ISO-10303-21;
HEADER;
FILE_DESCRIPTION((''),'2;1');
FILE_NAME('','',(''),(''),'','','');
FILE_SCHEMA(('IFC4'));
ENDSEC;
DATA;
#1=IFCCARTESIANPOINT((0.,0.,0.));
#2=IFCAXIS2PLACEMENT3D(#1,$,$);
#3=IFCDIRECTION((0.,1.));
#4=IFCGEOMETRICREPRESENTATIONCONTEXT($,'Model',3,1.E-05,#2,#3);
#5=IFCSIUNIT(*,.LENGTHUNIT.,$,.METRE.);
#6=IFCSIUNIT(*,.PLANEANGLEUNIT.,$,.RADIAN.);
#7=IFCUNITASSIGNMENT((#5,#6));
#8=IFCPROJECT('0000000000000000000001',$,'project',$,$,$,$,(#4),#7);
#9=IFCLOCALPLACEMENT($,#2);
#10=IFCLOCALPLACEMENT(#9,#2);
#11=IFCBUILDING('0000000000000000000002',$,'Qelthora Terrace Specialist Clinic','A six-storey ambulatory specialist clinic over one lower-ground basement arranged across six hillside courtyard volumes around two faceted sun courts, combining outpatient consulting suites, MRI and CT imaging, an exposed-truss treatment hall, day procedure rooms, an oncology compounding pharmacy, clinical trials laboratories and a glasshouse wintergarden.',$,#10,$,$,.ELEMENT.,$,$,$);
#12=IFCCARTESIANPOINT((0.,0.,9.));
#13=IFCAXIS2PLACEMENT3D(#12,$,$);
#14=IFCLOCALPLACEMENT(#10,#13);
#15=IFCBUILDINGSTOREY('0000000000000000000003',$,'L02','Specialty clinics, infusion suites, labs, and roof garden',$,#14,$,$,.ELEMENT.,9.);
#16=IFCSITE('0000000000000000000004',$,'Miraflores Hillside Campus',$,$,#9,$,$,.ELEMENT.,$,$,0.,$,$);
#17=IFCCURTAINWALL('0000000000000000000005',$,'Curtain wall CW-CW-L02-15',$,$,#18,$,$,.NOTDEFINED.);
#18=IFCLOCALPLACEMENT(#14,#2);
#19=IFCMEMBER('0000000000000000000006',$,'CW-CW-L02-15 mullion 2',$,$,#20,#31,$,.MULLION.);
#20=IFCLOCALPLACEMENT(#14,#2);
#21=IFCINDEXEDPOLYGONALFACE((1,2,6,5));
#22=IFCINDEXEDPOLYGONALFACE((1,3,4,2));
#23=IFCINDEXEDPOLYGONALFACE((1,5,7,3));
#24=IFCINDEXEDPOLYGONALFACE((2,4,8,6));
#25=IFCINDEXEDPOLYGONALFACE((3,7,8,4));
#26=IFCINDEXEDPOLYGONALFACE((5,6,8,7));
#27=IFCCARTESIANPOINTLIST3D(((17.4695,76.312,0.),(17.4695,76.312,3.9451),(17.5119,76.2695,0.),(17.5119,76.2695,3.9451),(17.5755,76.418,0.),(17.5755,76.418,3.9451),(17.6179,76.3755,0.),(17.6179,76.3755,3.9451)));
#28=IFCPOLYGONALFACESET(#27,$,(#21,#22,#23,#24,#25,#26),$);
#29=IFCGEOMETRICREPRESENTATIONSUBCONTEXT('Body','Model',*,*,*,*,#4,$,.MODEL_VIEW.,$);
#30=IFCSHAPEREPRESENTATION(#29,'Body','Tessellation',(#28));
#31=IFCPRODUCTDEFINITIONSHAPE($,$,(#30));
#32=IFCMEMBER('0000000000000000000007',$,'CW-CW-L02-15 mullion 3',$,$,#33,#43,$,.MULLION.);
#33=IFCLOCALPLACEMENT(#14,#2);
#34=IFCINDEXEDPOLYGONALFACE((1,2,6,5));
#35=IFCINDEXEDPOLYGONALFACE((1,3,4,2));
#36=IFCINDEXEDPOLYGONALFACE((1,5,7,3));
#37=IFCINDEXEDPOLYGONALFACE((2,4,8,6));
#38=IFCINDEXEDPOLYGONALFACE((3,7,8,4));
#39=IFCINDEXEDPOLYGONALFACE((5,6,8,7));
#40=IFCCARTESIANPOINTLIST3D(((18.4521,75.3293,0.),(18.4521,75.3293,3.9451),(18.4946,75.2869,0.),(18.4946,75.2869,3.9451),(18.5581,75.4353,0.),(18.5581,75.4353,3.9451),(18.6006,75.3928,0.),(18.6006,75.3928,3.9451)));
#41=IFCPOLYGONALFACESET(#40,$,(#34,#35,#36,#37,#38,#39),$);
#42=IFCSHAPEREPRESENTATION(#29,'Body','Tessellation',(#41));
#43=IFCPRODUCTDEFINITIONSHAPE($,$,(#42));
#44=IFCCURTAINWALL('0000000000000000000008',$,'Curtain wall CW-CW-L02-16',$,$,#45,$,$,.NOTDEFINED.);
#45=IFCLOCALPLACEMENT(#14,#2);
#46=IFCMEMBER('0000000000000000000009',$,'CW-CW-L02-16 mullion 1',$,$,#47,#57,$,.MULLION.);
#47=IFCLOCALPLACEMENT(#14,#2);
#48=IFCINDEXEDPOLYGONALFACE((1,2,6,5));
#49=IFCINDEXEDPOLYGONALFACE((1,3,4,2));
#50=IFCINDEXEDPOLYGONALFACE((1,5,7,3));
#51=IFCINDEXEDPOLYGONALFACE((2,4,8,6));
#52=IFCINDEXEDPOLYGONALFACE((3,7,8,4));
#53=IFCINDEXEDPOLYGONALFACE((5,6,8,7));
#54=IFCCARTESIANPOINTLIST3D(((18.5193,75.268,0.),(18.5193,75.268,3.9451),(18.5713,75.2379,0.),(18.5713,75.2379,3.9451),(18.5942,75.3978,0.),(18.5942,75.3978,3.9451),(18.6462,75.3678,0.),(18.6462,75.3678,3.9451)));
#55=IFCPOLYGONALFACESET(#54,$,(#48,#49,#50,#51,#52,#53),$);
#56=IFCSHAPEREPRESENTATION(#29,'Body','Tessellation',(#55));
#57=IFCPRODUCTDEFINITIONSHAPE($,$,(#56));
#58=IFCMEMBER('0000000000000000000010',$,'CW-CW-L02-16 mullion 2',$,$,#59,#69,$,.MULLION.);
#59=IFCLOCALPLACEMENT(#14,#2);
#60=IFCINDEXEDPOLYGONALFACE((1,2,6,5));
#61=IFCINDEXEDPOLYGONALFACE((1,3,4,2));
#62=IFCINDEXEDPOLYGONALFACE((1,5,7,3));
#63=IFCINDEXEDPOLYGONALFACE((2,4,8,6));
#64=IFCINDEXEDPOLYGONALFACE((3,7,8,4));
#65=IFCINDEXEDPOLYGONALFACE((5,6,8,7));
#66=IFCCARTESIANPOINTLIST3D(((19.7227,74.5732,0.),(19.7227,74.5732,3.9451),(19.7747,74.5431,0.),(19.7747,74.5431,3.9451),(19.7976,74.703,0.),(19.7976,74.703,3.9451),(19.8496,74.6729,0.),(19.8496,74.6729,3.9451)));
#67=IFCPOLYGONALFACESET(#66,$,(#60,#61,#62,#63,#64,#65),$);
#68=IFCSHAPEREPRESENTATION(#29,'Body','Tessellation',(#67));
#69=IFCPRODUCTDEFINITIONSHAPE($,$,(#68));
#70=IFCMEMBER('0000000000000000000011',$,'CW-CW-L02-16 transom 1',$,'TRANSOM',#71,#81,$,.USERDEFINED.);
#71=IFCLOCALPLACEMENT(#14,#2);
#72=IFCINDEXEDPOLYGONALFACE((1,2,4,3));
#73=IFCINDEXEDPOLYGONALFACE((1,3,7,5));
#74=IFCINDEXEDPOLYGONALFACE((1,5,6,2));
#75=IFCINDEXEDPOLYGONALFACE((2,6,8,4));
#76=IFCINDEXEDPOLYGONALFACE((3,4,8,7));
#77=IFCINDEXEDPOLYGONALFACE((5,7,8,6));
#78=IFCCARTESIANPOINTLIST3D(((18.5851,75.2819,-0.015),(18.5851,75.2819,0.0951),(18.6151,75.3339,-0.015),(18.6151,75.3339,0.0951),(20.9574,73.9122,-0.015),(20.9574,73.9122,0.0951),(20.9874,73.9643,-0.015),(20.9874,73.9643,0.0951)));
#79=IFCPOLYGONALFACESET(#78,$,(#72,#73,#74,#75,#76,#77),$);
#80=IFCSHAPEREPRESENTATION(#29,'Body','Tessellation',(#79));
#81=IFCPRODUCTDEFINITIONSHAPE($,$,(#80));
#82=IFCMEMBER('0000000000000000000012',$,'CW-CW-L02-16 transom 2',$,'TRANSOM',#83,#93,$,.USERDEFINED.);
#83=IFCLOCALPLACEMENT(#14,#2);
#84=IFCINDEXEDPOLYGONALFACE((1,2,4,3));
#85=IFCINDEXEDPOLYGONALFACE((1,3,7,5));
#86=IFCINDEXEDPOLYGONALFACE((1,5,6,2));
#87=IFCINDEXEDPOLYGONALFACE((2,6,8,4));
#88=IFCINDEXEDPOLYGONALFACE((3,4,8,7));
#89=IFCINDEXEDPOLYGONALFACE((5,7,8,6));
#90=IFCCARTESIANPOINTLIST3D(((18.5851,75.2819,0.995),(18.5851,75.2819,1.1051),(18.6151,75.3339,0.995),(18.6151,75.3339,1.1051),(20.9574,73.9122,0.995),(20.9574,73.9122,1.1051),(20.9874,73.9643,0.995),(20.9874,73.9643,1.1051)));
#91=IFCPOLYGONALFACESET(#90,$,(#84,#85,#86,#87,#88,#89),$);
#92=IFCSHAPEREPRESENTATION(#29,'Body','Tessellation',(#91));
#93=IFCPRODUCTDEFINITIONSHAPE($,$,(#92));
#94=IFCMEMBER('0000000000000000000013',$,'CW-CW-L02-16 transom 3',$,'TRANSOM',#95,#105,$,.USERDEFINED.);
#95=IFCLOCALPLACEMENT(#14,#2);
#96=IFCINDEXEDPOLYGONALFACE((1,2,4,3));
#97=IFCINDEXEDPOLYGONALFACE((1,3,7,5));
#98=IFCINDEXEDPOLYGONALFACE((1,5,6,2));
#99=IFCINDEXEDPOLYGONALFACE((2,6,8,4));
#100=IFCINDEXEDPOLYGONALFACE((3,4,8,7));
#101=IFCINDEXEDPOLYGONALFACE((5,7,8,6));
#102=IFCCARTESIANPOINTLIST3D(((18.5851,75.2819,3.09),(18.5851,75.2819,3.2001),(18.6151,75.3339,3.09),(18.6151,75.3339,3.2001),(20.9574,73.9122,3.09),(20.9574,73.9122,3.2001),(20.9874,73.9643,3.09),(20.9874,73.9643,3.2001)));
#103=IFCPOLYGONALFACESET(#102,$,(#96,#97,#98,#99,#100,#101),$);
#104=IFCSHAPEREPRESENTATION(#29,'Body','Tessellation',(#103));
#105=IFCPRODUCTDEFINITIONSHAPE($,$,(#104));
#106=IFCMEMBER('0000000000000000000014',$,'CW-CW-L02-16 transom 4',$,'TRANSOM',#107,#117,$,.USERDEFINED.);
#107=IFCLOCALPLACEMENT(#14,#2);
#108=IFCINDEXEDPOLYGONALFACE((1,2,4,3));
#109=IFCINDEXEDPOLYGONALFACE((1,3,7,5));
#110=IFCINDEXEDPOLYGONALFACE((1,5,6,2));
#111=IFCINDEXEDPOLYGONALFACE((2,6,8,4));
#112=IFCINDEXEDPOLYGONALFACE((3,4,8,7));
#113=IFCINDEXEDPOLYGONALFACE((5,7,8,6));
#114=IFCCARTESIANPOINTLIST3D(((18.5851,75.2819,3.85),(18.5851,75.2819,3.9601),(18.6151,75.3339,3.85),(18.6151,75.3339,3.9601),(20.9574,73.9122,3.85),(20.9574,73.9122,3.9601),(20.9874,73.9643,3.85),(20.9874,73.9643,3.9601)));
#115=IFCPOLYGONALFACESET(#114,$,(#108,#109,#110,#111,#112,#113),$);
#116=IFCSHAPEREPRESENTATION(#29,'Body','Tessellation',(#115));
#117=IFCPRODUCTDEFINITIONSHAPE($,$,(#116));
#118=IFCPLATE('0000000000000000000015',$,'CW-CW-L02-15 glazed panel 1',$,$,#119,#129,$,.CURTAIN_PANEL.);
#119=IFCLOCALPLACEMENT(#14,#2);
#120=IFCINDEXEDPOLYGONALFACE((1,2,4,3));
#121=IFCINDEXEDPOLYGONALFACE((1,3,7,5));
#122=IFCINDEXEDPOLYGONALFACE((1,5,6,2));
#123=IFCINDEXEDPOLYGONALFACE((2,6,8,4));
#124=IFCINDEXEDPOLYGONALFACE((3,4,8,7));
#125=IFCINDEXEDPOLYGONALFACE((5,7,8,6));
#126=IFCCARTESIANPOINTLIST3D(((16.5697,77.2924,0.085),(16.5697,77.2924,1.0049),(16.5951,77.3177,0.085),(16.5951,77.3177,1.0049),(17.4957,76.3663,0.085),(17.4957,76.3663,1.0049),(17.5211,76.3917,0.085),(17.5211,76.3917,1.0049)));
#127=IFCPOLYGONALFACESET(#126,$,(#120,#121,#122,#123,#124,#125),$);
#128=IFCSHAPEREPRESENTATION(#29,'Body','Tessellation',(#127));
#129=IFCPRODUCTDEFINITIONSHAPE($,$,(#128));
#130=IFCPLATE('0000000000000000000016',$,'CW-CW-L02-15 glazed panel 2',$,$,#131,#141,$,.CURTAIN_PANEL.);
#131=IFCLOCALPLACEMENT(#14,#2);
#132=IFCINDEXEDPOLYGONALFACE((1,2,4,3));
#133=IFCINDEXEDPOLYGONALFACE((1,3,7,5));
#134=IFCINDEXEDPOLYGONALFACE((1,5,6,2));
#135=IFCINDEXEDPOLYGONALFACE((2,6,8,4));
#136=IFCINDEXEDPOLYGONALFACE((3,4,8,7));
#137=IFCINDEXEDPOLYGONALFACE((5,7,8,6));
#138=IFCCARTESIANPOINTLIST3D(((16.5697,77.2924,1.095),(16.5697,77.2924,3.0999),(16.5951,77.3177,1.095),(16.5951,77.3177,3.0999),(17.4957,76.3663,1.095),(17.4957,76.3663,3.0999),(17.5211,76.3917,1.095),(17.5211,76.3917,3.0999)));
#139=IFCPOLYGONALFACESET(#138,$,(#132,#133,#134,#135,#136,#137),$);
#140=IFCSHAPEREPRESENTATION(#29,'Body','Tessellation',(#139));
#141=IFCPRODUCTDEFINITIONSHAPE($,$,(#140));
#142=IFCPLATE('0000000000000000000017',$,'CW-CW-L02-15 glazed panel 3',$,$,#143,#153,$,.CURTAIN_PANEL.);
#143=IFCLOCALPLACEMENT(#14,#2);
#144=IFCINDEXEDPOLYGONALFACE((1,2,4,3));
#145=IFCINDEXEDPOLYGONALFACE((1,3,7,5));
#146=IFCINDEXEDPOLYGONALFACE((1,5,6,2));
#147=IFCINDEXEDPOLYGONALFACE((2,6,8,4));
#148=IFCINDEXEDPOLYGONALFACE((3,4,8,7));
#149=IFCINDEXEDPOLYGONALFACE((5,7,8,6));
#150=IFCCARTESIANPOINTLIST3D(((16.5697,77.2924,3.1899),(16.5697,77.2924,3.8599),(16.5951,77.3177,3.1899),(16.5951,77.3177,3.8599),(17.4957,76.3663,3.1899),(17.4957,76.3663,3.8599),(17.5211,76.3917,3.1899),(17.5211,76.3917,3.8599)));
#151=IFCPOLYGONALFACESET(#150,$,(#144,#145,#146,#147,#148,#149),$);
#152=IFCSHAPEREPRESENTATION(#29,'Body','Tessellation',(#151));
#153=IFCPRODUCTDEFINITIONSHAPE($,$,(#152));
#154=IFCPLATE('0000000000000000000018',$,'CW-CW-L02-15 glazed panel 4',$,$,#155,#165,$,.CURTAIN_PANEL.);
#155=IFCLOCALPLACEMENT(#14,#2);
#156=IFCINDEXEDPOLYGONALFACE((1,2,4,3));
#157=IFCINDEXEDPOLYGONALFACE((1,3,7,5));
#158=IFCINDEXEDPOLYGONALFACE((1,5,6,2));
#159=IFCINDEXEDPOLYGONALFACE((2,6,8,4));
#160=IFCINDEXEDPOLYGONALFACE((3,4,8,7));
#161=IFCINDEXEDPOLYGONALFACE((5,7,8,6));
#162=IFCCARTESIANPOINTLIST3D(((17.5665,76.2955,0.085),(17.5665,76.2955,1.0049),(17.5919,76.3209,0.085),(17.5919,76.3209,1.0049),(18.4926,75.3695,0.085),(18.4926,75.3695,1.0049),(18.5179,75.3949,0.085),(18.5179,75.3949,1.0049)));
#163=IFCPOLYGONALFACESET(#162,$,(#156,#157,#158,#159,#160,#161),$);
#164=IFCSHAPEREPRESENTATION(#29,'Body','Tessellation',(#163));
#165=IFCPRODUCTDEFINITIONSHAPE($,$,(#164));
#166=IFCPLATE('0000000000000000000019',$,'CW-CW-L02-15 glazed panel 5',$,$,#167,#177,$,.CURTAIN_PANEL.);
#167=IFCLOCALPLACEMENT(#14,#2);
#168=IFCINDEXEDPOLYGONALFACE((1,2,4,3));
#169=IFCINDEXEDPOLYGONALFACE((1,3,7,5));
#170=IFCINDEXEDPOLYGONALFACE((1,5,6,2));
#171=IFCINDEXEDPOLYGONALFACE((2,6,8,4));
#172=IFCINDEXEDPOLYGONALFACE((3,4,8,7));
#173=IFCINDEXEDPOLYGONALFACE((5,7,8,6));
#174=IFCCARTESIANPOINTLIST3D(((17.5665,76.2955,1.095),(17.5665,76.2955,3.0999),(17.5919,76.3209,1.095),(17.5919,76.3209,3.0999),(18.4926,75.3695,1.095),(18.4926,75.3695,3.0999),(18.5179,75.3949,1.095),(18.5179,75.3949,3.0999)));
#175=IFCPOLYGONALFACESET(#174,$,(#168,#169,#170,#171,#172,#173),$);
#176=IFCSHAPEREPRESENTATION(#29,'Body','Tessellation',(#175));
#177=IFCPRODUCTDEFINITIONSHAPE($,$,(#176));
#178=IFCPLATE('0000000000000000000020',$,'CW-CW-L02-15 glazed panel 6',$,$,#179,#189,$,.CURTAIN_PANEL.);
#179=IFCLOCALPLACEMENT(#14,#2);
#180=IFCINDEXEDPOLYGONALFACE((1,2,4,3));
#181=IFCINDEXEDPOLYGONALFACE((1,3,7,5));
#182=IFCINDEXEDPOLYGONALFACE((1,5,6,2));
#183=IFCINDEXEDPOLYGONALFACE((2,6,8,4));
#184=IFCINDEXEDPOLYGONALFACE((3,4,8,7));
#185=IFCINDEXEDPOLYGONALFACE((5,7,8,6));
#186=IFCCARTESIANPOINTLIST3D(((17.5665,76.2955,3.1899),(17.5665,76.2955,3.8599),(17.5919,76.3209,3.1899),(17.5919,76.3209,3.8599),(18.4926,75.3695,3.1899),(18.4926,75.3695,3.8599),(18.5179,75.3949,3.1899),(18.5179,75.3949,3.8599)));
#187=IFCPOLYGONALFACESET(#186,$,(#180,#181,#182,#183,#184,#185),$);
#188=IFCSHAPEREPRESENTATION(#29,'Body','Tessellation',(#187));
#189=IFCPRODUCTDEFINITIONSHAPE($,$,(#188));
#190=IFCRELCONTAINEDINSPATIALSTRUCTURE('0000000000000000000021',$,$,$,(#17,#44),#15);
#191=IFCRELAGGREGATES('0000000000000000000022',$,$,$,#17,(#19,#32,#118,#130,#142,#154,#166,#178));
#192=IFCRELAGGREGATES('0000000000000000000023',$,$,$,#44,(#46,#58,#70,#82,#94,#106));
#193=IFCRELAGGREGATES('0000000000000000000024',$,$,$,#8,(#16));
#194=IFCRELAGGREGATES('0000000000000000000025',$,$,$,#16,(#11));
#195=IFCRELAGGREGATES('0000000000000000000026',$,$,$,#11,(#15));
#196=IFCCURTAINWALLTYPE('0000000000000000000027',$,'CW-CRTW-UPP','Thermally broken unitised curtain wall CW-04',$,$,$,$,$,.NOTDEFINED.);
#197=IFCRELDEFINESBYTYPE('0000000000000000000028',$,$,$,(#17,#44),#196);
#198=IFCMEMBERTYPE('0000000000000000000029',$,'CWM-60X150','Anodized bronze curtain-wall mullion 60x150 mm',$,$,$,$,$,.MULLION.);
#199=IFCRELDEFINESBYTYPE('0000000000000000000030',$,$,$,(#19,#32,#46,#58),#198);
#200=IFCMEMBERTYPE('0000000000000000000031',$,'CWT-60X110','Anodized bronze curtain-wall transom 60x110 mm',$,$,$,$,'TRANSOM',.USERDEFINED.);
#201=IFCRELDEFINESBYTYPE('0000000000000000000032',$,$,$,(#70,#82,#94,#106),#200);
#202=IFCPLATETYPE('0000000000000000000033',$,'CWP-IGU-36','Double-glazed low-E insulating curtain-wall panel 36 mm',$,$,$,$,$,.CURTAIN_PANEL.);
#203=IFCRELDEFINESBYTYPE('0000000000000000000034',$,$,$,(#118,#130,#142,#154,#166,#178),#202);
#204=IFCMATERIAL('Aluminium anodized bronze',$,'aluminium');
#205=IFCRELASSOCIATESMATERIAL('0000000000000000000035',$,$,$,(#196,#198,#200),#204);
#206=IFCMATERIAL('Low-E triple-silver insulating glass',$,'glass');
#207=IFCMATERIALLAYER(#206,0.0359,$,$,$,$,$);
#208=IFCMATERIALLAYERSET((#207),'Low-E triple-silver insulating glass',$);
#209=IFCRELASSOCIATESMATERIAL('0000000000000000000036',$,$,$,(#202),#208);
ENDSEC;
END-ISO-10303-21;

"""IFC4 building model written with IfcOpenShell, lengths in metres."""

from ifc_helpers import new_model, si_unit, direction, frame, origin, origin_2d, place, context, subcontext, project, spatial, rectangle, extrude, material, layer, layer_set, material_profile, profile_set, type_object, element, aggregate, save


model = new_model("IFC4")

# Units and contexts
model_context = context("Model", 3, precision=1e-05, world=origin(), true_north=direction((0.0, 1.0)))
body_context = subcontext(model_context, "Body", "Model", "MODEL_VIEW")
ifc_project = project(units=[si_unit("LENGTHUNIT", "METRE"), si_unit("PLANEANGLEUNIT", "RADIAN")], contexts=[model_context])

# Site, building, storey
site_placement = place(None, origin())
site = spatial("IfcSite", under=ifc_project, at=site_placement, Name="Miraflores Hillside Campus", CompositionType="ELEMENT", RefElevation=0.0)
building_placement = place(site_placement, origin())
building = spatial("IfcBuilding", under=site, at=building_placement, Name="Qelthora Terrace Specialist Clinic", Description="A six-storey ambulatory specialist clinic over one lower-ground basement arranged across six hillside courtyard volumes around two faceted sun courts, combining outpatient consulting suites, MRI and CT imaging, an exposed-truss treatment hall, day procedure rooms, an oncology compounding pharmacy, clinical trials laboratories and a glasshouse wintergarden.", CompositionType="ELEMENT")
storey_placement = place(building_placement, frame((0.0, 0.0, 9.0)))
storey = spatial("IfcBuildingStorey", under=building, at=storey_placement, Name="L02", Description="Specialty clinics, infusion suites, labs, and roof garden", CompositionType="ELEMENT", Elevation=9.0)

# Curtain walls, members
ifc_material_1 = material(Name="Aluminium anodized bronze", Category="aluminium")
curtain_wall_type = type_object("IfcCurtainWallType", Name="CW-CRTW-UPP", Description="Thermally broken unitised curtain wall CW-04", PredefinedType="NOTDEFINED", material=ifc_material_1)
curtain_wall_1_placement = place(storey_placement, origin())
curtain_wall_1 = element("IfcCurtainWall", 1, at=curtain_wall_1_placement, inside=storey, type_object=curtain_wall_type, Name="Curtain wall CW-CW-L02-15", PredefinedType="NOTDEFINED")
ifc_material_profile_1 = material_profile(ifc_material_1, rectangle(XDim=0.0601, YDim=0.1499, at=origin_2d()), Name="CWM60X150")
ifc_profile_set_1 = profile_set([ifc_material_profile_1], Name="Aluminium anodized bronze")
member_type_1 = type_object("IfcMemberType", Name="CWM-60X150", Description="Anodized bronze curtain-wall mullion 60x150 mm", PredefinedType="MULLION", material=ifc_profile_set_1)
member_1_placement = place(storey_placement, frame((17.5437, 76.3438, 0.0), z_axis=(0.0, 0.0, 1.0), x_axis=(0.707107, -0.707107, 0.0)))
member_1 = element("IfcMember", 2, at=member_1_placement, type_object=member_type_1, Name="CW-CW-L02-15 mullion 2", PredefinedType="MULLION", context=body_context, shape_type="SweptSolid", body=[
    extrude(rectangle(XDim=0.0601, YDim=0.1499, at=origin_2d()), origin(), (0.0, 0.0, 1.0), 3.9451),
])
member_2_placement = place(storey_placement, frame((18.5264, 75.3611, 0.0), z_axis=(0.0, 0.0, 1.0), x_axis=(0.707107, -0.707107, 0.0)))
member_2 = element("IfcMember", 3, at=member_2_placement, type_object=member_type_1, Name="CW-CW-L02-15 mullion 3", PredefinedType="MULLION", context=body_context, shape_type="SweptSolid", body=[
    extrude(rectangle(XDim=0.0601, YDim=0.1499, at=origin_2d()), origin(), (0.0, 0.0, 1.0), 3.9451),
])
curtain_wall_2_placement = place(storey_placement, origin())
curtain_wall_2 = element("IfcCurtainWall", 4, at=curtain_wall_2_placement, inside=storey, type_object=curtain_wall_type, Name="Curtain wall CW-CW-L02-16", PredefinedType="NOTDEFINED")
member_3_placement = place(storey_placement, frame((18.5828, 75.3179, 0.0), z_axis=(0.0, 0.0, 1.0), x_axis=(0.866026, -0.5, 0.0)))
member_3 = element("IfcMember", 5, at=member_3_placement, type_object=member_type_1, Name="CW-CW-L02-16 mullion 1", PredefinedType="MULLION", context=body_context, shape_type="SweptSolid", body=[
    extrude(rectangle(XDim=0.0601, YDim=0.1499, at=origin_2d()), origin(), (0.0, 0.0, 1.0), 3.9451),
])
member_4_placement = place(storey_placement, frame((19.7861, 74.623, 0.0), z_axis=(0.0, 0.0, 1.0), x_axis=(0.866026, -0.5, 0.0)))
member_4 = element("IfcMember", 6, at=member_4_placement, type_object=member_type_1, Name="CW-CW-L02-16 mullion 2", PredefinedType="MULLION", context=body_context, shape_type="SweptSolid", body=[
    extrude(rectangle(XDim=0.0601, YDim=0.1499, at=origin_2d()), origin(), (0.0, 0.0, 1.0), 3.9451),
])
ifc_material_profile_2 = material_profile(ifc_material_1, rectangle(XDim=0.0601, YDim=0.1101, at=origin_2d()), Name="CWT60X110")
ifc_profile_set_2 = profile_set([ifc_material_profile_2], Name="Aluminium anodized bronze")
member_type_2 = type_object("IfcMemberType", Name="CWT-60X110", Description="Anodized bronze curtain-wall transom 60x110 mm", ElementType="TRANSOM", PredefinedType="USERDEFINED", material=ifc_profile_set_2)
member_5_placement = place(storey_placement, frame((18.6001, 75.3079, 0.04), z_axis=(0.86603, -0.499992, 0.0), x_axis=(0.499992, 0.86603, 0.0)))
member_5 = element("IfcMember", 7, at=member_5_placement, type_object=member_type_2, Name="CW-CW-L02-16 transom 1", ObjectType="TRANSOM", PredefinedType="USERDEFINED", context=body_context, shape_type="SweptSolid", body=[
    extrude(rectangle(XDim=0.0601, YDim=0.1101, at=origin_2d()), origin(), (0.0, 0.0, 1.0), 2.7393),
])
member_6_placement = place(storey_placement, frame((18.6001, 75.3079, 1.05), z_axis=(0.86603, -0.499992, 0.0), x_axis=(0.499992, 0.86603, 0.0)))
member_6 = element("IfcMember", 8, at=member_6_placement, type_object=member_type_2, Name="CW-CW-L02-16 transom 2", ObjectType="TRANSOM", PredefinedType="USERDEFINED", context=body_context, shape_type="SweptSolid", body=[
    extrude(rectangle(XDim=0.0601, YDim=0.1101, at=origin_2d()), origin(), (0.0, 0.0, 1.0), 2.7393),
])
member_7_placement = place(storey_placement, frame((18.6001, 75.3079, 3.145), z_axis=(0.86603, -0.499992, 0.0), x_axis=(0.499992, 0.86603, 0.0)))
member_7 = element("IfcMember", 9, at=member_7_placement, type_object=member_type_2, Name="CW-CW-L02-16 transom 3", ObjectType="TRANSOM", PredefinedType="USERDEFINED", context=body_context, shape_type="SweptSolid", body=[
    extrude(rectangle(XDim=0.0601, YDim=0.1101, at=origin_2d()), origin(), (0.0, 0.0, 1.0), 2.7393),
])
member_8_placement = place(storey_placement, frame((18.6001, 75.3079, 3.905), z_axis=(0.86603, -0.499992, 0.0), x_axis=(0.499992, 0.86603, 0.0)))
member_8 = element("IfcMember", 10, at=member_8_placement, type_object=member_type_2, Name="CW-CW-L02-16 transom 4", ObjectType="TRANSOM", PredefinedType="USERDEFINED", context=body_context, shape_type="SweptSolid", body=[
    extrude(rectangle(XDim=0.0601, YDim=0.1101, at=origin_2d()), origin(), (0.0, 0.0, 1.0), 2.7393),
])

# Plates
ifc_material_2 = material(Name="Low-E triple-silver insulating glass", Category="glass")
ifc_layer = layer(ifc_material_2, 0.0359)
ifc_layer_set = layer_set([ifc_layer], Name="Low-E triple-silver insulating glass")
plate_type = type_object("IfcPlateType", Name="CWP-IGU-36", Description="Double-glazed low-E insulating curtain-wall panel 36 mm", PredefinedType="CURTAIN_PANEL", material=ifc_layer_set)
plate_1_placement = place(storey_placement, frame((17.0454, 76.842, 0.085), z_axis=(0.0, 0.0, 1.0), x_axis=(0.707107, -0.707107, 0.0)))
plate_1 = element("IfcPlate", 11, at=plate_1_placement, type_object=plate_type, Name="CW-CW-L02-15 glazed panel 1", PredefinedType="CURTAIN_PANEL", context=body_context, shape_type="SweptSolid", body=[
    extrude(rectangle(XDim=1.3096, YDim=0.0359, at=origin_2d()), origin(), (0.0, 0.0, 1.0), 0.9199),
])
plate_2_placement = place(storey_placement, frame((17.0454, 76.842, 1.095), z_axis=(0.0, 0.0, 1.0), x_axis=(0.707107, -0.707107, 0.0)))
plate_2 = element("IfcPlate", 12, at=plate_2_placement, type_object=plate_type, Name="CW-CW-L02-15 glazed panel 2", PredefinedType="CURTAIN_PANEL", context=body_context, shape_type="SweptSolid", body=[
    extrude(rectangle(XDim=1.3096, YDim=0.0359, at=origin_2d()), origin(), (0.0, 0.0, 1.0), 2.0049),
])
plate_3_placement = place(storey_placement, frame((17.0454, 76.842, 3.1899), z_axis=(0.0, 0.0, 1.0), x_axis=(0.707107, -0.707107, 0.0)))
plate_3 = element("IfcPlate", 13, at=plate_3_placement, type_object=plate_type, Name="CW-CW-L02-15 glazed panel 3", PredefinedType="CURTAIN_PANEL", context=body_context, shape_type="SweptSolid", body=[
    extrude(rectangle(XDim=1.3096, YDim=0.0359, at=origin_2d()), origin(), (0.0, 0.0, 1.0), 0.6699),
])
plate_4_placement = place(storey_placement, frame((18.0422, 75.8452, 0.085), z_axis=(0.0, 0.0, 1.0), x_axis=(0.707107, -0.707107, 0.0)))
plate_4 = element("IfcPlate", 14, at=plate_4_placement, type_object=plate_type, Name="CW-CW-L02-15 glazed panel 4", PredefinedType="CURTAIN_PANEL", context=body_context, shape_type="SweptSolid", body=[
    extrude(rectangle(XDim=1.3096, YDim=0.0359, at=origin_2d()), origin(), (0.0, 0.0, 1.0), 0.9199),
])
plate_5_placement = place(storey_placement, frame((18.0422, 75.8452, 1.095), z_axis=(0.0, 0.0, 1.0), x_axis=(0.707107, -0.707107, 0.0)))
plate_5 = element("IfcPlate", 15, at=plate_5_placement, type_object=plate_type, Name="CW-CW-L02-15 glazed panel 5", PredefinedType="CURTAIN_PANEL", context=body_context, shape_type="SweptSolid", body=[
    extrude(rectangle(XDim=1.3096, YDim=0.0359, at=origin_2d()), origin(), (0.0, 0.0, 1.0), 2.0049),
])
plate_6_placement = place(storey_placement, frame((18.0422, 75.8452, 3.1899), z_axis=(0.0, 0.0, 1.0), x_axis=(0.707107, -0.707107, 0.0)))
plate_6 = element("IfcPlate", 16, at=plate_6_placement, type_object=plate_type, Name="CW-CW-L02-15 glazed panel 6", PredefinedType="CURTAIN_PANEL", context=body_context, shape_type="SweptSolid", body=[
    extrude(rectangle(XDim=1.3096, YDim=0.0359, at=origin_2d()), origin(), (0.0, 0.0, 1.0), 0.6699),
])
aggregate(curtain_wall_1, [member_1, member_2, plate_1, plate_2, plate_3, plate_4, plate_5, plate_6])
aggregate(curtain_wall_2, [member_3, member_4, member_5, member_6, member_7, member_8])

save(model, "model.ifc")
